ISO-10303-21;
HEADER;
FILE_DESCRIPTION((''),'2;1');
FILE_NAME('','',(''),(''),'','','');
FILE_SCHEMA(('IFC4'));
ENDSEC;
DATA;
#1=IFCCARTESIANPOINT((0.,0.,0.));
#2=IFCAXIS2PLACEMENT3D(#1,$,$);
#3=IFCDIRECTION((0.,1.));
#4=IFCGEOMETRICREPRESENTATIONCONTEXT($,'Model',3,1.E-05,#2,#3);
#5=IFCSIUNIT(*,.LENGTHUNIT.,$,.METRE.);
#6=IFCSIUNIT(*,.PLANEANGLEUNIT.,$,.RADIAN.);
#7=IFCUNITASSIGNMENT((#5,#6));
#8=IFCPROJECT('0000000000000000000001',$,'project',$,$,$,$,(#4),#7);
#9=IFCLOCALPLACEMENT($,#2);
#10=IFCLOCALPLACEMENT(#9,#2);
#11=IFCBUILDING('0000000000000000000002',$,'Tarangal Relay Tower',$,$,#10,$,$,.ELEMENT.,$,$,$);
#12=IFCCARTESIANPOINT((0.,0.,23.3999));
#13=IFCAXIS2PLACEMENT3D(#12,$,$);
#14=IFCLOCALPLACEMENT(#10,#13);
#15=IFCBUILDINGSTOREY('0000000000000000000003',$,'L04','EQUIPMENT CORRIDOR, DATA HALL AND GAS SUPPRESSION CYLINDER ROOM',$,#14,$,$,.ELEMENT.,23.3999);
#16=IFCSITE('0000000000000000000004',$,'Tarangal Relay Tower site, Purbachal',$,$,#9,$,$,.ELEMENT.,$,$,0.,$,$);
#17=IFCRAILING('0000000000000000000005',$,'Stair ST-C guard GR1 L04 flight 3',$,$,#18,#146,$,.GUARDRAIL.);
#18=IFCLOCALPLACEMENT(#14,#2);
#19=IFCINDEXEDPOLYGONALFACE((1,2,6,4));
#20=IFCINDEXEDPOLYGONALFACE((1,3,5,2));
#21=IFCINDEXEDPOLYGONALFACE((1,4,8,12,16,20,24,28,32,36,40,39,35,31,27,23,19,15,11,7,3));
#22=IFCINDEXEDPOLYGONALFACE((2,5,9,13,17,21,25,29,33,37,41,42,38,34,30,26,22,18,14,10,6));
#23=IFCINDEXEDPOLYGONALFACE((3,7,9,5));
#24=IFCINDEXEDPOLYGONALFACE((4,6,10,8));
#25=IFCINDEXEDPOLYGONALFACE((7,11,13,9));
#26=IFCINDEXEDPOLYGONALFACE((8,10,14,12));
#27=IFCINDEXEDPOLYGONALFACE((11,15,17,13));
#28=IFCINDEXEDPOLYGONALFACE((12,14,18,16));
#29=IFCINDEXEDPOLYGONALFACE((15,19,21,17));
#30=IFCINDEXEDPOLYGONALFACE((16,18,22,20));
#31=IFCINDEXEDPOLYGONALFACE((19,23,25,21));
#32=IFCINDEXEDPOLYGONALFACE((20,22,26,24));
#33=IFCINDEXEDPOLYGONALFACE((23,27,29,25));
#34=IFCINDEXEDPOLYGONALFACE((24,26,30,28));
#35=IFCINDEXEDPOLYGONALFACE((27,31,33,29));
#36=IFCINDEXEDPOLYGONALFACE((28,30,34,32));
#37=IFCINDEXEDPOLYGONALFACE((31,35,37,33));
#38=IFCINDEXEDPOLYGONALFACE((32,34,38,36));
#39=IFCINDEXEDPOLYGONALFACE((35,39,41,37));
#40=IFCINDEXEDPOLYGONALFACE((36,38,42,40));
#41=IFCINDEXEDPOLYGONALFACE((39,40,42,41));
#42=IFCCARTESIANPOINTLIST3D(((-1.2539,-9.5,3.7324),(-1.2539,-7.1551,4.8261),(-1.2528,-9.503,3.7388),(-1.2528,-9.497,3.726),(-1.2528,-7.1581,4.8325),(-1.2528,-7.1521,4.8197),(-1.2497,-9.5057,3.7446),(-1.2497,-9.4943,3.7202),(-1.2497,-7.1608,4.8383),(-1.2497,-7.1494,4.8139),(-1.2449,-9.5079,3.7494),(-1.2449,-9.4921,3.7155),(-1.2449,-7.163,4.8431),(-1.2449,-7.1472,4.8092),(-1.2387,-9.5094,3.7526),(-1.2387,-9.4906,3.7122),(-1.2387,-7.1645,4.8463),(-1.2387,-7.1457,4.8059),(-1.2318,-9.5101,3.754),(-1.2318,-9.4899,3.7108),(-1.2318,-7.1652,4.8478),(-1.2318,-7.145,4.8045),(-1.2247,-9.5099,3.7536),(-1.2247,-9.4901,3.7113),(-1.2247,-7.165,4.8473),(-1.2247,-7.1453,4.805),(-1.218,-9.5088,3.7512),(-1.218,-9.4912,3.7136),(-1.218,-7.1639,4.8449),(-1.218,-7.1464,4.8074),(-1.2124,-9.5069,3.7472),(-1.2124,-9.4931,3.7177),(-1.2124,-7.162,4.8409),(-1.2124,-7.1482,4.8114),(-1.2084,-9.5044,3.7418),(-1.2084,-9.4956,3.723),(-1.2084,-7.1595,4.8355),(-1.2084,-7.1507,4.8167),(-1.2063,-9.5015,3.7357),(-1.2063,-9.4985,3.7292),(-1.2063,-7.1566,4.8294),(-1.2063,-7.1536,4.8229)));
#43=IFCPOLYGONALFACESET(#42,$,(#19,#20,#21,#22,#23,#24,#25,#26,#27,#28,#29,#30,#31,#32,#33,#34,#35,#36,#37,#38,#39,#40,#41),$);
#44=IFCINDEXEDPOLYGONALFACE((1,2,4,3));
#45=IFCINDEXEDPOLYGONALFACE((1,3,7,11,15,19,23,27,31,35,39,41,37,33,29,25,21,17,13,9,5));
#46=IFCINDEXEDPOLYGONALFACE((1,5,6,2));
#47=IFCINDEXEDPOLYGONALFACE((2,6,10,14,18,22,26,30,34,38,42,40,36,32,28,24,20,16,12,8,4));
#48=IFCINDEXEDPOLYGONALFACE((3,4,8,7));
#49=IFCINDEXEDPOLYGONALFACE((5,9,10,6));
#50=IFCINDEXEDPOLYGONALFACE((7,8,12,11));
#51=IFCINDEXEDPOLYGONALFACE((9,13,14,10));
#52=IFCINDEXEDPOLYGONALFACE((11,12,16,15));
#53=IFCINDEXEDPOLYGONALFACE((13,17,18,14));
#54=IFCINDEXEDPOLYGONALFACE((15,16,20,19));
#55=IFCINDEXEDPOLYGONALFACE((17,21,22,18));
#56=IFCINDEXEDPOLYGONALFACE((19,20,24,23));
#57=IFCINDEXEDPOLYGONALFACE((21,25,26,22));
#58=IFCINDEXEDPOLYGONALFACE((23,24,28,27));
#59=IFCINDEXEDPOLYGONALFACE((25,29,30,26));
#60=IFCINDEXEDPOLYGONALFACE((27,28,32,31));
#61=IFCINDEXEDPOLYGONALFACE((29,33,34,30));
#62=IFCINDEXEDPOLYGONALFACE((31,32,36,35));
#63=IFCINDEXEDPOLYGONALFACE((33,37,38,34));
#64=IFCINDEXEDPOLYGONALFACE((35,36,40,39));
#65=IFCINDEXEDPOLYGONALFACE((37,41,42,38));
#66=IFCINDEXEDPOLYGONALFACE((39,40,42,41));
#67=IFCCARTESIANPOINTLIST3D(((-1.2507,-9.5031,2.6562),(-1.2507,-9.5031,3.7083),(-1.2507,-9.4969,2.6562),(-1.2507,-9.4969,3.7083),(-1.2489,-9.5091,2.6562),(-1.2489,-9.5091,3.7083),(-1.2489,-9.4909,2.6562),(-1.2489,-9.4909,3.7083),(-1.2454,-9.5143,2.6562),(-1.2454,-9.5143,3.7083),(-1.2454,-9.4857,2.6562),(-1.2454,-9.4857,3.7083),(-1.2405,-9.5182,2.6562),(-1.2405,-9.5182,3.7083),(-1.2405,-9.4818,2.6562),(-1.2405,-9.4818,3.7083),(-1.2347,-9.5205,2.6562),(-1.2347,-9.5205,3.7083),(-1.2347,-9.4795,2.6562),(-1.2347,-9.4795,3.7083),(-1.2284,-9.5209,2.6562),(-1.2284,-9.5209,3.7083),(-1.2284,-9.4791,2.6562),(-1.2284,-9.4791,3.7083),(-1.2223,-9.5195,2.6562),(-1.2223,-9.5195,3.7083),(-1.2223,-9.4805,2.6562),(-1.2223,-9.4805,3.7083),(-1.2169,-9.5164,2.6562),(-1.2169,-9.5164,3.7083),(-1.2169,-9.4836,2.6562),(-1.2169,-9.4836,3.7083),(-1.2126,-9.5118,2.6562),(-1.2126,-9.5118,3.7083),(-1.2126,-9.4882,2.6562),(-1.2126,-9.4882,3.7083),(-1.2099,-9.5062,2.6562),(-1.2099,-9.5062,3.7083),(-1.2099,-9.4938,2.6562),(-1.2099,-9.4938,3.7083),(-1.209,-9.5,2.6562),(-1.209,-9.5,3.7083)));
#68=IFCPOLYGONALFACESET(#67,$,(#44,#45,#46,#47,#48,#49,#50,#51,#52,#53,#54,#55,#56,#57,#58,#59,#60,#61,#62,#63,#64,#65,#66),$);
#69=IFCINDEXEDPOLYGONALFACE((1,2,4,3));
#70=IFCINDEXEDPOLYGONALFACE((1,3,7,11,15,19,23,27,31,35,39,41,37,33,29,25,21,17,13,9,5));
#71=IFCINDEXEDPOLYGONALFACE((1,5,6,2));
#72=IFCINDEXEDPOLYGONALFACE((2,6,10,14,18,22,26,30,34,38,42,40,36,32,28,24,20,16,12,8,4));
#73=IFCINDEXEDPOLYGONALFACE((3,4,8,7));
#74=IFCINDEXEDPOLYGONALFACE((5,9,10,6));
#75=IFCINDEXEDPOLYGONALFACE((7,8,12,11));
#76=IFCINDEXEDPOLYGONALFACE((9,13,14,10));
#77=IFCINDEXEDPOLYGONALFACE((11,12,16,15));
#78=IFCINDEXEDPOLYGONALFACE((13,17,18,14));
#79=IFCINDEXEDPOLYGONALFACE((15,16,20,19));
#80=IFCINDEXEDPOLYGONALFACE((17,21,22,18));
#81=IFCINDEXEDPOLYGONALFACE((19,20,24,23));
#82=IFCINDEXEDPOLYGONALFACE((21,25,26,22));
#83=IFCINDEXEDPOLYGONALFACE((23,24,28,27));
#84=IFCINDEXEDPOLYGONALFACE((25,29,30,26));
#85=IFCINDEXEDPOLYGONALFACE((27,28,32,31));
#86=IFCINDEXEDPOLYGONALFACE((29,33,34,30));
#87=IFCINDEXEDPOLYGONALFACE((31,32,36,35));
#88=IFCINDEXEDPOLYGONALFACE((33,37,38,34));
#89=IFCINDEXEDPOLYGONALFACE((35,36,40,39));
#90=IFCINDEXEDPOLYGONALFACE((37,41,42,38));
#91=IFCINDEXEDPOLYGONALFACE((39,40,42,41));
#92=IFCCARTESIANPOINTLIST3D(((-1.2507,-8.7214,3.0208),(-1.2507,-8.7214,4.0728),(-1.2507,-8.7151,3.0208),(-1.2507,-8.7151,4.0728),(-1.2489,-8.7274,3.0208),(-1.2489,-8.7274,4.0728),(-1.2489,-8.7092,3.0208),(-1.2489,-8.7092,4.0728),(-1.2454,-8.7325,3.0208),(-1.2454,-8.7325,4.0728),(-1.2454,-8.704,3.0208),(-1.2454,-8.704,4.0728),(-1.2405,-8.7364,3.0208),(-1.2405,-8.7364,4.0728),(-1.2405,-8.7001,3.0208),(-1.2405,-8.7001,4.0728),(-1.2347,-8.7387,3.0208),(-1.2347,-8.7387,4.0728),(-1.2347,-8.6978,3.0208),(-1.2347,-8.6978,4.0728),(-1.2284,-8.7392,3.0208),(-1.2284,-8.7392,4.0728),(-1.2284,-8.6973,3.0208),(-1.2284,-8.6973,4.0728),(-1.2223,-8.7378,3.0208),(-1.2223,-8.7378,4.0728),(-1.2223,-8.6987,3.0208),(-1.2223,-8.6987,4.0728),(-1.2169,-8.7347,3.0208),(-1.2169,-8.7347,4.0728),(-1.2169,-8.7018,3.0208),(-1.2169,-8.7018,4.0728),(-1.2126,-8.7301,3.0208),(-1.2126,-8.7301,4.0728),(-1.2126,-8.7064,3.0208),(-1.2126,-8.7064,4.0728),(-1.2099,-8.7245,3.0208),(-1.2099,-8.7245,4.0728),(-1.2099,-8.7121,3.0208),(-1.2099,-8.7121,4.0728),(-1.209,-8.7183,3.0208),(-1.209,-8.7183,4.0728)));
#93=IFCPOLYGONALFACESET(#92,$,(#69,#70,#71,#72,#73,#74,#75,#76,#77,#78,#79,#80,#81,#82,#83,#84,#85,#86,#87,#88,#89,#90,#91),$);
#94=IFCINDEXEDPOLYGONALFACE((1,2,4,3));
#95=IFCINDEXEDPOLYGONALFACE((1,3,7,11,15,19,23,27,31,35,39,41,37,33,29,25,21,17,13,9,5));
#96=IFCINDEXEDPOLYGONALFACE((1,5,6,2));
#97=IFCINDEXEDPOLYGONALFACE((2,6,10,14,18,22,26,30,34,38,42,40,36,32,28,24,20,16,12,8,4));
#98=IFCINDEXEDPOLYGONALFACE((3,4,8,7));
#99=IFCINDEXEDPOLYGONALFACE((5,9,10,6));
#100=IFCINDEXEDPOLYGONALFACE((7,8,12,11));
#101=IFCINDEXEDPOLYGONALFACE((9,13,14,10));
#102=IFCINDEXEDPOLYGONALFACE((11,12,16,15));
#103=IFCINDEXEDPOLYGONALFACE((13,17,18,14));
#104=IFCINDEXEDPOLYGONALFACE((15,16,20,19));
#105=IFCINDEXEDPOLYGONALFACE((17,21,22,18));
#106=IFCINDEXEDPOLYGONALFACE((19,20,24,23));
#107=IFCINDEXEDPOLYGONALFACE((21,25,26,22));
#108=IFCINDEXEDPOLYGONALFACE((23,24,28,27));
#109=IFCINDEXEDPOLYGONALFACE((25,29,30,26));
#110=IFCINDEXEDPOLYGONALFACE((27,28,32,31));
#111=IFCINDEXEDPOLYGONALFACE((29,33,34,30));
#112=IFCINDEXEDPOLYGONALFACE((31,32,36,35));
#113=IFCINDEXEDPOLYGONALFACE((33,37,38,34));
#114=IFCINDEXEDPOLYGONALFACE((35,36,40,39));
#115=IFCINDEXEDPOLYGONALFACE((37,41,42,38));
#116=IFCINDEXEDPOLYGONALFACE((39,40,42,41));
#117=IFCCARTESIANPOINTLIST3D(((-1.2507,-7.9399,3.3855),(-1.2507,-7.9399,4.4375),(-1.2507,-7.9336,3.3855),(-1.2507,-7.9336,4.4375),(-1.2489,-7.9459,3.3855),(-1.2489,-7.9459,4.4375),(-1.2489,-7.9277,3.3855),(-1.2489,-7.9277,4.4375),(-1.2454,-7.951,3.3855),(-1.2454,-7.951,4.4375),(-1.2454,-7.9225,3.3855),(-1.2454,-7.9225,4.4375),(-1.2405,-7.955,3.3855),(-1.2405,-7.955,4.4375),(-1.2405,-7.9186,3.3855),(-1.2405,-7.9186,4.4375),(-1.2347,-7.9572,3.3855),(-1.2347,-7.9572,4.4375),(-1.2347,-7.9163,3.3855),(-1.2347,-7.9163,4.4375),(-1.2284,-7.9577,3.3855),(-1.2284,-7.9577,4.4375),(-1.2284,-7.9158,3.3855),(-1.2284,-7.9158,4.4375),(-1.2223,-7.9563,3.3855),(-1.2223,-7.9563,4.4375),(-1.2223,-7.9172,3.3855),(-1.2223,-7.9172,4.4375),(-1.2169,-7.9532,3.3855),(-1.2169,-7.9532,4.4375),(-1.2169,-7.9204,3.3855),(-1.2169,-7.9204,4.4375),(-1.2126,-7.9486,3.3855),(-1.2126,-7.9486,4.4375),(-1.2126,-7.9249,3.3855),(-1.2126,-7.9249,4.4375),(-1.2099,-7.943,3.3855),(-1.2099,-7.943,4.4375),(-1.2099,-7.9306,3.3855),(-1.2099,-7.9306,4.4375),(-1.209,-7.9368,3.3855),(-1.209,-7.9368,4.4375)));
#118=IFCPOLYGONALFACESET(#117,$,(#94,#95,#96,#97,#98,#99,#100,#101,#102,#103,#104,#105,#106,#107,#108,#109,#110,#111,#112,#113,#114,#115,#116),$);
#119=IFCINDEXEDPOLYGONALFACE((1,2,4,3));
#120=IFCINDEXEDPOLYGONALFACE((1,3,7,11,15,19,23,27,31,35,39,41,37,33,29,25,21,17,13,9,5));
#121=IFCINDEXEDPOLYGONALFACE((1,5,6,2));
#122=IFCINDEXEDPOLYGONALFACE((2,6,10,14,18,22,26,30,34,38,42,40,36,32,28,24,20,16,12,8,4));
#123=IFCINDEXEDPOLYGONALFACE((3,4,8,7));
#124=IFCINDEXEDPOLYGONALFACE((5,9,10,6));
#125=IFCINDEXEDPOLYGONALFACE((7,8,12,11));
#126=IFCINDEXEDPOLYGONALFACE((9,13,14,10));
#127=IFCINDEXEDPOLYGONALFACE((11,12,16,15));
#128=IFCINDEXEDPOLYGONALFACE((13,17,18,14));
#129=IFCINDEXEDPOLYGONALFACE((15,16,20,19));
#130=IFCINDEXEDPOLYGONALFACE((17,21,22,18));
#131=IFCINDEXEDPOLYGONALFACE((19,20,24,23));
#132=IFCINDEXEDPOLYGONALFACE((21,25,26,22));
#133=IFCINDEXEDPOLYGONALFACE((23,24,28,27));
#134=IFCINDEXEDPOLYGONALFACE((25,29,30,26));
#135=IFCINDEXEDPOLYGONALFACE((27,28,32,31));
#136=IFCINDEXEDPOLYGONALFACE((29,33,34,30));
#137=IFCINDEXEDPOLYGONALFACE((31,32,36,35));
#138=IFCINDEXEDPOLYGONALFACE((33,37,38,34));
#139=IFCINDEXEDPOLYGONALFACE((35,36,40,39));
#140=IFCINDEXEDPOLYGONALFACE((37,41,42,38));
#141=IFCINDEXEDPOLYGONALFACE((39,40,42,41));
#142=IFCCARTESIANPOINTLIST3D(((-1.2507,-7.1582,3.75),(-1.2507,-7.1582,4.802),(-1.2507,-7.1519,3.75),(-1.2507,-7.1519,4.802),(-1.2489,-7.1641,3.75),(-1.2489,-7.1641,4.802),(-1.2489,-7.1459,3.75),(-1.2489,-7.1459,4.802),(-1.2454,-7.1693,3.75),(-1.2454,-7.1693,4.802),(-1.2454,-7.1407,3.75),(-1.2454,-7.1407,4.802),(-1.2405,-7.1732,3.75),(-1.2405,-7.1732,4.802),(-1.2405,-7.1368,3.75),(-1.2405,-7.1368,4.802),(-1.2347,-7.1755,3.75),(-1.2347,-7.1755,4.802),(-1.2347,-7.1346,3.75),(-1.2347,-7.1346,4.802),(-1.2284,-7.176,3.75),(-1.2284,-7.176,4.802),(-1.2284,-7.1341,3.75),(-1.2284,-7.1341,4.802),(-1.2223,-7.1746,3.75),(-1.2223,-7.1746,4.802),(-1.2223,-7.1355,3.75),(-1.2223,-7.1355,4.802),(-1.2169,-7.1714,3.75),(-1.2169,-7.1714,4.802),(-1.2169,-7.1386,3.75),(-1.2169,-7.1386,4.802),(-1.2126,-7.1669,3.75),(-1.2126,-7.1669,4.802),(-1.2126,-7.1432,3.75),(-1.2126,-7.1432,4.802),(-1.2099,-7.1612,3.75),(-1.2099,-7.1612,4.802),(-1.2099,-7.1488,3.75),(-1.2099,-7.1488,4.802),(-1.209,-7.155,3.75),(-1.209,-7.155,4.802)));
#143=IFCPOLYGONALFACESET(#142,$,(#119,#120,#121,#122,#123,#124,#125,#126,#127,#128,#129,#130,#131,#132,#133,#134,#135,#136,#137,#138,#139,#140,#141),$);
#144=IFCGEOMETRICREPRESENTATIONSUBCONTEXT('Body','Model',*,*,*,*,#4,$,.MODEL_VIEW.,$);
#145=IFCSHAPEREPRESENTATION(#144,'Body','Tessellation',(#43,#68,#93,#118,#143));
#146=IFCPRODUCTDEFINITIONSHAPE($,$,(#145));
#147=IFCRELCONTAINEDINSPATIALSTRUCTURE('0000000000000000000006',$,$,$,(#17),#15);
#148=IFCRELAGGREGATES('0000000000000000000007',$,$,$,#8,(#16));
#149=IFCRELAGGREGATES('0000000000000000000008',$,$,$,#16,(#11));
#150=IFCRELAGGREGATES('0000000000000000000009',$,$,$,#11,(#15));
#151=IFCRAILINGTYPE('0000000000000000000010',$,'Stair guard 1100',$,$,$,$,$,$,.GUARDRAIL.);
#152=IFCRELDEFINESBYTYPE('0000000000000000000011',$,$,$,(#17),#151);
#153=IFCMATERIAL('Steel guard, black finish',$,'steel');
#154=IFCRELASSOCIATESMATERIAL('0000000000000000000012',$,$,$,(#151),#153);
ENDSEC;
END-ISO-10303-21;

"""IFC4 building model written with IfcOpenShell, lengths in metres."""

from ifc_helpers import new_model, si_unit, direction, frame, origin, origin_2d, place, context, subcontext, project, spatial, circle, extrude, material, type_object, element, save


model = new_model("IFC4")

# Units and contexts
model_context = context("Model", 3, precision=1e-05, world=origin(), true_north=direction((0.0, 1.0)))
body_context = subcontext(model_context, "Body", "Model", "MODEL_VIEW")
ifc_project = project(units=[si_unit("LENGTHUNIT", "METRE"), si_unit("PLANEANGLEUNIT", "RADIAN")], contexts=[model_context])

# Site, building, storey
site_placement = place(None, origin())
site = spatial("IfcSite", under=ifc_project, at=site_placement, Name="Tarangal Relay Tower site, Purbachal", CompositionType="ELEMENT", RefElevation=0.0)
building_placement = place(site_placement, origin())
building = spatial("IfcBuilding", under=site, at=building_placement, Name="Tarangal Relay Tower", CompositionType="ELEMENT")
storey_placement = place(building_placement, frame((0.0, 0.0, 23.3999)))
storey = spatial("IfcBuildingStorey", under=building, at=storey_placement, Name="L04", Description="EQUIPMENT CORRIDOR, DATA HALL AND GAS SUPPRESSION CYLINDER ROOM", CompositionType="ELEMENT", Elevation=23.3999)

# Railing
ifc_material_1 = material(Name="Steel guard, black finish", Category="steel")
railing_type_1 = type_object("IfcRailingType", Name="Stair guard 1100", PredefinedType="GUARDRAIL", material=ifc_material_1)
for number, where, name in (
    (1, (-1.23, -9.5, 2.6562), "Stair ST-C guard GR1 L04 flight 3"),
):
    element("IfcRailing", number, at=place(storey_placement, frame(where)), inside=storey, type_object=railing_type_1, Name=name, PredefinedType="GUARDRAIL", context=body_context, shape_type="SweptSolid", body=[
        extrude(circle(Radius=0.0239, at=origin_2d()), frame((0.0, 0.0, 1.0762), z_axis=(0.0, 0.906267, 0.422705), x_axis=(-1.0, 0.0, 0.0)), (0.0, 0.0, 1.0), 2.5874),
        extrude(circle(Radius=0.021, at=origin_2d()), origin(), (0.0, 0.0, 1.0), 1.052),
        extrude(circle(Radius=0.021, at=origin_2d()), frame((0.0, 0.7817, 0.3645)), (0.0, 0.0, 1.0), 1.052),
        extrude(circle(Radius=0.021, at=origin_2d()), frame((0.0, 1.5632, 0.7292)), (0.0, 0.0, 1.0), 1.052),
        extrude(circle(Radius=0.021, at=origin_2d()), frame((0.0, 2.345, 1.0938)), (0.0, 0.0, 1.0), 1.052),
    ])

save(model, "model.ifc")
